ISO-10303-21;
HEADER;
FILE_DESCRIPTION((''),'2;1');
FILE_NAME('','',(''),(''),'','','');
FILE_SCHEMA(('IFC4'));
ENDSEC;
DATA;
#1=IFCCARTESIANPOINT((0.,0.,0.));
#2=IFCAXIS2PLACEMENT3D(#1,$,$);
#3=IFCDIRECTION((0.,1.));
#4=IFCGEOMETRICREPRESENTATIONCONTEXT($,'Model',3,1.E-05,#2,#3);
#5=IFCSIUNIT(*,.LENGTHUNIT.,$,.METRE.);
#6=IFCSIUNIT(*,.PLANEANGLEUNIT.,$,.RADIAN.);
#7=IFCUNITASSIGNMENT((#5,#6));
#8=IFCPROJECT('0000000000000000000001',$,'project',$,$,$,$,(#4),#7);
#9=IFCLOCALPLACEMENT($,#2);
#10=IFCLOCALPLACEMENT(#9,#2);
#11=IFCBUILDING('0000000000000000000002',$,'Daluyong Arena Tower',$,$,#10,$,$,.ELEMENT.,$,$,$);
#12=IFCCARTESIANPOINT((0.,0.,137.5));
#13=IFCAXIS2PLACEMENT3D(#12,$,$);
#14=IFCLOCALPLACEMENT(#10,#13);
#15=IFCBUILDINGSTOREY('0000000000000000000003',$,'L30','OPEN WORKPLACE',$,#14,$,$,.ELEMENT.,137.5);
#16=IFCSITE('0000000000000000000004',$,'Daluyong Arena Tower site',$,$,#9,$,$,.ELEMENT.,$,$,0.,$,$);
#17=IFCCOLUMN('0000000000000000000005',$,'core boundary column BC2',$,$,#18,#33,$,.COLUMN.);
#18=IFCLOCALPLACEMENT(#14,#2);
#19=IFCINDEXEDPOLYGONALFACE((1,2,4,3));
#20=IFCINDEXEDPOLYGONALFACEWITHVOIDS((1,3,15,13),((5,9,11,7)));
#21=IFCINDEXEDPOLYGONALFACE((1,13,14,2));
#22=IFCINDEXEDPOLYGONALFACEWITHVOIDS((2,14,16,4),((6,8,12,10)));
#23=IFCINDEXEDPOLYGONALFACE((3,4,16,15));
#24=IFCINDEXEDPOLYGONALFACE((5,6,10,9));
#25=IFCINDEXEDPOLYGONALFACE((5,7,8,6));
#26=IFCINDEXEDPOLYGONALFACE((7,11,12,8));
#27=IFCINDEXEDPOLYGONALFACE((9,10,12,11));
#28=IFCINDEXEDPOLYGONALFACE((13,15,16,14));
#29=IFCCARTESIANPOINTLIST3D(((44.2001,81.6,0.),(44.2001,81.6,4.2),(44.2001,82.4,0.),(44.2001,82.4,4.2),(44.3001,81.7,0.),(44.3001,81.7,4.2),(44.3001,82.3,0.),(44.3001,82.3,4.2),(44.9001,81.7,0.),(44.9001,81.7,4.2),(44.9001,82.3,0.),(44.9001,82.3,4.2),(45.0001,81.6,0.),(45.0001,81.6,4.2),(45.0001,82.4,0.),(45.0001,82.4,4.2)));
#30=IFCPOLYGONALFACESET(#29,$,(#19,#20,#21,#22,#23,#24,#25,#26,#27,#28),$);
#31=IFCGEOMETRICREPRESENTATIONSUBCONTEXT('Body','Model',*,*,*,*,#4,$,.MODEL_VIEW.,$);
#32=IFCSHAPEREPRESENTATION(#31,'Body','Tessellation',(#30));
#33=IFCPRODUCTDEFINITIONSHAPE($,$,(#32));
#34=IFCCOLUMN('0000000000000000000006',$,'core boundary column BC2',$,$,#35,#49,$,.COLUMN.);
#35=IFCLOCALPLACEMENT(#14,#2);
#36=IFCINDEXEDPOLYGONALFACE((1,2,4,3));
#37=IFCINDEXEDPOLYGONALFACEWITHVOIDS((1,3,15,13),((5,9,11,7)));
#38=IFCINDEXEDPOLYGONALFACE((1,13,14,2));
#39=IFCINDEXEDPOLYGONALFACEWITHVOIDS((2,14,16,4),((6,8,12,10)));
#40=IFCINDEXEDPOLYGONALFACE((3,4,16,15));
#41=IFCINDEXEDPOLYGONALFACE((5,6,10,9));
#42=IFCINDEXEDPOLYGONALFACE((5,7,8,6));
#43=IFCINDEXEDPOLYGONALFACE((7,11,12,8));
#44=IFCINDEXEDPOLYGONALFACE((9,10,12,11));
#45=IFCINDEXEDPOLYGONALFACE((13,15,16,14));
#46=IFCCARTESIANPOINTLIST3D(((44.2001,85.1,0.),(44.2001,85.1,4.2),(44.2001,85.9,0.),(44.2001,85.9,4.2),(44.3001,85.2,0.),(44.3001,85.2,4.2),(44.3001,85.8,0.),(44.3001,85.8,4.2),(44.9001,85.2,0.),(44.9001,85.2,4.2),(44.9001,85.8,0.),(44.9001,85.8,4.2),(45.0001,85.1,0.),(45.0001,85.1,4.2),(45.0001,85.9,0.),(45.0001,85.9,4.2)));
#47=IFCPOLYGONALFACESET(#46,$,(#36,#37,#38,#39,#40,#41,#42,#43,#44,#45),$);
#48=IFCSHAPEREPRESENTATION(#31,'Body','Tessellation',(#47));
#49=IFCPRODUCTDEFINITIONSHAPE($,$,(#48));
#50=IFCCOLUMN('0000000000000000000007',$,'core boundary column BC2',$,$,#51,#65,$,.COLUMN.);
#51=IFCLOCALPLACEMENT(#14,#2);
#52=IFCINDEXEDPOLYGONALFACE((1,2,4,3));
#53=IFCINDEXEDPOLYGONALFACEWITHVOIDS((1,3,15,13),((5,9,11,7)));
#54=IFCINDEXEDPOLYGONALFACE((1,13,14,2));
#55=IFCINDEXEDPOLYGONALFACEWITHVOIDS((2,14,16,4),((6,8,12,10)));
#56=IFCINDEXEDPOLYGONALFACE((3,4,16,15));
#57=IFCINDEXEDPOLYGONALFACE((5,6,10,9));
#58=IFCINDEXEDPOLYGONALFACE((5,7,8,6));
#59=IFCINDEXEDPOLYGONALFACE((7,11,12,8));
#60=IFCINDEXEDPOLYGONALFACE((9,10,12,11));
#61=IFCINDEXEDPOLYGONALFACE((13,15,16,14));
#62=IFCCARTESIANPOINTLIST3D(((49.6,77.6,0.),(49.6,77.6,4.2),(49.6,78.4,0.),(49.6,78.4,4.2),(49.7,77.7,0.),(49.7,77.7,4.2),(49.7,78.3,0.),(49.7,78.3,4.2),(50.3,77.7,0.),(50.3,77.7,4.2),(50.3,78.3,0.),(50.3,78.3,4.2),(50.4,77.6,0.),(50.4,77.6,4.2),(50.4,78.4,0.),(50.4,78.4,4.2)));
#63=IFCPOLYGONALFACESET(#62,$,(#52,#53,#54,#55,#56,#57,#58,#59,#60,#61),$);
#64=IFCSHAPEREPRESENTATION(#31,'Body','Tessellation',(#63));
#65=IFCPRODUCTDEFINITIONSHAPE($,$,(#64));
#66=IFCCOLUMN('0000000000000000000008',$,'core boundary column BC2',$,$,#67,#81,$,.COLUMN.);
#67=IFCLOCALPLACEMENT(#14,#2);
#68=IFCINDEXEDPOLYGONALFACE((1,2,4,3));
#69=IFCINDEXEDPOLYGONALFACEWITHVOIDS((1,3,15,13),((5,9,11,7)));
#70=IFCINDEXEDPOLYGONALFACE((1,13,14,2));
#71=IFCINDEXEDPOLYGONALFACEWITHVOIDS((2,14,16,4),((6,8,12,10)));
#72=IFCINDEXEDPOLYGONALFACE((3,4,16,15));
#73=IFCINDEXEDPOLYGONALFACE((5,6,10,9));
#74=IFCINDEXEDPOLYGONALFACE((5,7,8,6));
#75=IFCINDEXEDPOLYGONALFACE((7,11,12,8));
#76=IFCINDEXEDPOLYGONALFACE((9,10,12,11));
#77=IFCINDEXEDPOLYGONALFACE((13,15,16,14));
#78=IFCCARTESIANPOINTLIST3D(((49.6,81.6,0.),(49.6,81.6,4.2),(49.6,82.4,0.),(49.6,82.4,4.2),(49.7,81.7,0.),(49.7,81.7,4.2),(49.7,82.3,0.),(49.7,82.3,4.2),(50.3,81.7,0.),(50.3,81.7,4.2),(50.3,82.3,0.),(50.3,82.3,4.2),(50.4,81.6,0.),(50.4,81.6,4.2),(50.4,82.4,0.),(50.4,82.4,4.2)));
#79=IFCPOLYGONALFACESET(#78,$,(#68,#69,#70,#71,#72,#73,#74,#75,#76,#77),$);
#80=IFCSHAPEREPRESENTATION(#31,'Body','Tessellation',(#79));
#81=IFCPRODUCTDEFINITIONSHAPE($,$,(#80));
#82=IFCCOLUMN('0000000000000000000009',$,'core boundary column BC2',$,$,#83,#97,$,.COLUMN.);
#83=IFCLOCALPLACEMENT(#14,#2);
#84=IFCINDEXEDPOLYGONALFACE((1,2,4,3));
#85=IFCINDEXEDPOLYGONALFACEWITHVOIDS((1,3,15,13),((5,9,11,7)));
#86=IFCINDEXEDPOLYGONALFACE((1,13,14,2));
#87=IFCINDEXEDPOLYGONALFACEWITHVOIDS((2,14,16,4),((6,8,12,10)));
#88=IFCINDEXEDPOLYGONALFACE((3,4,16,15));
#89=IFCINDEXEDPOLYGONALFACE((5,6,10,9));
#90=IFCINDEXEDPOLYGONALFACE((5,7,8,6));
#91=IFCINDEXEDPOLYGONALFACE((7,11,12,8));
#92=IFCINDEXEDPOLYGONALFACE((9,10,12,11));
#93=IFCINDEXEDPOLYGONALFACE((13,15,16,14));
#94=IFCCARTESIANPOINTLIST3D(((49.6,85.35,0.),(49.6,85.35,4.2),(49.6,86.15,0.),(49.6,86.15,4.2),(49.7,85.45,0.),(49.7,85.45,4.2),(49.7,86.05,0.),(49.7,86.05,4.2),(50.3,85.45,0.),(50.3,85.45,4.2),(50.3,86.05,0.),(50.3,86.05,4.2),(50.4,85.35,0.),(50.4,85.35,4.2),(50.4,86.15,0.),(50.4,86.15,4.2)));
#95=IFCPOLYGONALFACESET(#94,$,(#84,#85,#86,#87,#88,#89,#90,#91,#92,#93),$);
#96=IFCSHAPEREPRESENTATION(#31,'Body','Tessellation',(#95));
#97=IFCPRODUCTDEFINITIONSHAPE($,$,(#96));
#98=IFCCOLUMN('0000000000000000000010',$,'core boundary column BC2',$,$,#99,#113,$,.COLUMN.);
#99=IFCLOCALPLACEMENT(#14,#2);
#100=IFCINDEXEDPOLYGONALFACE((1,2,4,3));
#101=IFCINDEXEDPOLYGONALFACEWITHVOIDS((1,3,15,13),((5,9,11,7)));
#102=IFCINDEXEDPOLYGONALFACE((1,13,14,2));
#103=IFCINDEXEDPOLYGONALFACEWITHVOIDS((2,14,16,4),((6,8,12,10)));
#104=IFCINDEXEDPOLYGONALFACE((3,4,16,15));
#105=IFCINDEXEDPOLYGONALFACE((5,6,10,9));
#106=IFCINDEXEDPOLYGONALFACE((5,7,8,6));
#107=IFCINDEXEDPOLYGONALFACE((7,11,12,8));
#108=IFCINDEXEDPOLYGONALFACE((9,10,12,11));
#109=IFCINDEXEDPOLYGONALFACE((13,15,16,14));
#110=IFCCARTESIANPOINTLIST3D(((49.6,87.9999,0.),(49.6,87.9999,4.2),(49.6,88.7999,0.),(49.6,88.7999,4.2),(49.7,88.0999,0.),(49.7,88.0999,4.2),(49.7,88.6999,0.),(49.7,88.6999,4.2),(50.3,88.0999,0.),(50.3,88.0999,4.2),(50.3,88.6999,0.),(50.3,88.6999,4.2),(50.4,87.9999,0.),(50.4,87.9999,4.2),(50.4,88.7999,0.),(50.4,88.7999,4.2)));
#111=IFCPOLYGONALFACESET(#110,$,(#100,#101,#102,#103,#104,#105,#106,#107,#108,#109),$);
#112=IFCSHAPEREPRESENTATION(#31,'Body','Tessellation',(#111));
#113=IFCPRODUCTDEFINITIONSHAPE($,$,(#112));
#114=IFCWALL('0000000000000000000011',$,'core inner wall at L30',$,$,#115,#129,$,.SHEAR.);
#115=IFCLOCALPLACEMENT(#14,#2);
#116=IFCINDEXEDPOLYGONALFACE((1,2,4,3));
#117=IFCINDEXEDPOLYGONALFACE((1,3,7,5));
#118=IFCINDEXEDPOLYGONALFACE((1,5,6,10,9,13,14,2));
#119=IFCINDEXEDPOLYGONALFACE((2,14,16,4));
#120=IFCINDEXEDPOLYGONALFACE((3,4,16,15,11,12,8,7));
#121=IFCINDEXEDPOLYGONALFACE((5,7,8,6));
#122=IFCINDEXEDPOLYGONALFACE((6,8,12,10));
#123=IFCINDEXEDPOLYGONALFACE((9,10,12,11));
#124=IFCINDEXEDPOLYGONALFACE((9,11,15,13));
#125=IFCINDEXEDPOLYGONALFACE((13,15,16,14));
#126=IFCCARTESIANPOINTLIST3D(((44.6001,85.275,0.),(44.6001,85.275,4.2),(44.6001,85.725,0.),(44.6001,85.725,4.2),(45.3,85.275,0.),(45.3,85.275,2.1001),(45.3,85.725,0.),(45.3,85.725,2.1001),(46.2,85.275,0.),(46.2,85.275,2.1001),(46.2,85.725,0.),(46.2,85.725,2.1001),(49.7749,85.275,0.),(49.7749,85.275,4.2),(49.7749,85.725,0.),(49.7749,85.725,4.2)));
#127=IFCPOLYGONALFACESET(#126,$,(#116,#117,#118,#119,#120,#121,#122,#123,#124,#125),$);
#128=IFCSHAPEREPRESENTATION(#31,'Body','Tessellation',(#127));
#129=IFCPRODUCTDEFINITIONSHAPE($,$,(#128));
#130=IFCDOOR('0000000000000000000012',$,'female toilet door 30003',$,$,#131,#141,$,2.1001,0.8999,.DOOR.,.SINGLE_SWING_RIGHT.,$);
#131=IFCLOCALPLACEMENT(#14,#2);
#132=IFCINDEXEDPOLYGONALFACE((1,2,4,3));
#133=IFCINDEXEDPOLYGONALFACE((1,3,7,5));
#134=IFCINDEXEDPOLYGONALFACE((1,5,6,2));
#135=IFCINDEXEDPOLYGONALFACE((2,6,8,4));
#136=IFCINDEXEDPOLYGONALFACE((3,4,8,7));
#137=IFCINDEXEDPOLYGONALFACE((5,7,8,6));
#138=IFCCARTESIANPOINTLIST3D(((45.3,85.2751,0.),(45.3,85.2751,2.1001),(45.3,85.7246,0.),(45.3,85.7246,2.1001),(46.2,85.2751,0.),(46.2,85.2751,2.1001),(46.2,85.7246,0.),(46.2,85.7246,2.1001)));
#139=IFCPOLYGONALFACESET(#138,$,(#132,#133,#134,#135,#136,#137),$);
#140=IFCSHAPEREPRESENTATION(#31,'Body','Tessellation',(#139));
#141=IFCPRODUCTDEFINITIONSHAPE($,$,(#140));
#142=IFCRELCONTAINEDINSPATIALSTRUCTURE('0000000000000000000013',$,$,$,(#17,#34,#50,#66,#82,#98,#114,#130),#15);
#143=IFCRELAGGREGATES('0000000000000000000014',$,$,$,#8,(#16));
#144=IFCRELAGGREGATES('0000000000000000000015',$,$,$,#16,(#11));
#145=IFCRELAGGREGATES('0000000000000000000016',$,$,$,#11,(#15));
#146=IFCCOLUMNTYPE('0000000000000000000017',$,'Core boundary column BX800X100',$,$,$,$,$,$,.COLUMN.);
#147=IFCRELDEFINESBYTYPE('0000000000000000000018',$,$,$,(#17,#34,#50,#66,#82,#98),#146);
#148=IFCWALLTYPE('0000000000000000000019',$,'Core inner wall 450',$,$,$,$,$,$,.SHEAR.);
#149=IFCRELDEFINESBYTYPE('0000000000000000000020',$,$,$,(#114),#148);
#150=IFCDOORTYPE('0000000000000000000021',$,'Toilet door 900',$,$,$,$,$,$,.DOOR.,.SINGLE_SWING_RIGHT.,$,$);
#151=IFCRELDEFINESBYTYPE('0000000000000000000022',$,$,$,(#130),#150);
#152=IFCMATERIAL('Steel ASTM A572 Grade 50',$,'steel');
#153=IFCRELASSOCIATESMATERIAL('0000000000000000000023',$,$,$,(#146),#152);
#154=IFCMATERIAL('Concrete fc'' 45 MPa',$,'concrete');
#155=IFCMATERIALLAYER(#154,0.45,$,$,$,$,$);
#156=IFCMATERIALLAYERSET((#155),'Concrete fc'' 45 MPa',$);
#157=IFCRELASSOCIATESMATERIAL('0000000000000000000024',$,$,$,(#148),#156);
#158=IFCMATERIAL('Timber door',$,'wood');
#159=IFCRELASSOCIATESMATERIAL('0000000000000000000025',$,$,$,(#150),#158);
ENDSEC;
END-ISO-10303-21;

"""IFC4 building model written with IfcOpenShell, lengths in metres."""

from ifc_helpers import new_model, si_unit, direction, frame, frame_2d, origin, origin_2d, place, context, subcontext, project, spatial, rectangle, hollow_rectangle, extrude, material, layer, layer_set, material_profile, profile_set, type_object, element, fill, save


model = new_model("IFC4")

# Units and contexts
model_context = context("Model", 3, precision=1e-05, world=origin(), true_north=direction((0.0, 1.0)))
body_context = subcontext(model_context, "Body", "Model", "MODEL_VIEW")
ifc_project = project(units=[si_unit("LENGTHUNIT", "METRE"), si_unit("PLANEANGLEUNIT", "RADIAN")], contexts=[model_context])

# Site, building, storey
site_placement = place(None, origin())
site = spatial("IfcSite", under=ifc_project, at=site_placement, Name="Daluyong Arena Tower site", CompositionType="ELEMENT", RefElevation=0.0)
building_placement = place(site_placement, origin())
building = spatial("IfcBuilding", under=site, at=building_placement, Name="Daluyong Arena Tower", CompositionType="ELEMENT")
storey_placement = place(building_placement, frame((0.0, 0.0, 137.5)))
storey = spatial("IfcBuildingStorey", under=building, at=storey_placement, Name="L30", Description="OPEN WORKPLACE", CompositionType="ELEMENT", Elevation=137.5)

# Columns
ifc_material_1 = material(Name="Steel ASTM A572 Grade 50", Category="steel")
ifc_material_profile = material_profile(ifc_material_1, hollow_rectangle(XDim=0.8, YDim=0.8, WallThickness=0.1, at=origin_2d()))
ifc_profile_set = profile_set([ifc_material_profile], Name="Steel ASTM A572 Grade 50")
column_type = type_object("IfcColumnType", Name="Core boundary column BX800X100", PredefinedType="COLUMN", material=ifc_profile_set)
for number, where, z_axis, x_axis, name in (
    (1, (44.6001, 82.0, 0.0), (0.0, 0.0, 1.0), (1.0, 0.0, 0.0), "core boundary column BC2"),
    (2, (44.6001, 85.5, 0.0), (0.0, 0.0, 1.0), (1.0, 0.0, 0.0), "core boundary column BC2"),
    (3, (50.0, 78.0, 0.0), (0.0, 0.0, 1.0), (1.0, 0.0, 0.0), "core boundary column BC2"),
    (4, (50.0, 82.0, 0.0), (0.0, 0.0, 1.0), (1.0, 0.0, 0.0), "core boundary column BC2"),
    (5, (50.0, 85.75, 0.0), (0.0, 0.0, 1.0), (1.0, 0.0, 0.0), "core boundary column BC2"),
    (6, (50.0, 88.3999, 0.0), (0.0, 0.0, 1.0), (1.0, 0.0, 0.0), "core boundary column BC2"),
):
    element("IfcColumn", number, at=place(storey_placement, frame(where, z_axis=z_axis, x_axis=x_axis)), inside=storey, type_object=column_type, Name=name, PredefinedType="COLUMN", context=body_context, shape_type="SweptSolid", body=[
        extrude(hollow_rectangle(XDim=0.8, YDim=0.8, WallThickness=0.1, at=origin_2d()), origin(), (0.0, 0.0, 1.0), 4.2),
    ])

# Wall, opening, door
ifc_material_2 = material(Name="Concrete fc' 45 MPa", Category="concrete")
ifc_layer_1 = layer(ifc_material_2, 0.45)
ifc_layer_set_1 = layer_set([ifc_layer_1], Name="Concrete fc' 45 MPa")
wall_type_1 = type_object("IfcWallType", Name="Core inner wall 450", PredefinedType="SHEAR", material=ifc_layer_set_1)
wall_1_placement = place(storey_placement, frame((44.6001, 85.5, 0.0), z_axis=(0.0, 0.0, 1.0), x_axis=(1.0, 0.0, 0.0)))
wall_1 = element("IfcWall", 7, at=wall_1_placement, inside=storey, type_object=wall_type_1, Name="core inner wall at L30", PredefinedType="SHEAR", context=body_context, shape_type="SweptSolid", body=[
    extrude(rectangle(XDim=5.1748, YDim=0.45, at=frame_2d((2.5874, 0.0))), origin(), (0.0, 0.0, 1.0), 4.2),
])
opening_1_placement = place(wall_1_placement, frame((0.7, 0.0, 0.0)))
opening_1 = element("IfcOpeningElement", 8, at=opening_1_placement, cuts=wall_1, PredefinedType="OPENING", context=body_context, shape_type="SweptSolid", body=[
    extrude(rectangle(XDim=0.8999, YDim=2.1001, at=frame_2d((0.45, 1.05))), frame((0.0, 0.2349, 0.0), z_axis=(0.0, -1.0, 0.0), x_axis=(1.0, 0.0, 0.0)), (0.0, 0.0, 1.0), 0.47),
])
ifc_material_3 = material(Name="Timber door", Category="wood")
door_type_1 = type_object("IfcDoorType", Name="Toilet door 900", OperationType="SINGLE_SWING_RIGHT", PredefinedType="DOOR", material=ifc_material_3)
door_1_placement = place(opening_1_placement, origin())
door_1 = element("IfcDoor", 9, at=door_1_placement, inside=storey, type_object=door_type_1, Name="female toilet door 30003", OperationType="SINGLE_SWING_RIGHT", OverallHeight=2.1001, OverallWidth=0.8999, PredefinedType="DOOR", context=body_context, shape_type="SweptSolid", body=[
    extrude(rectangle(XDim=0.8999, YDim=2.1001, at=frame_2d((0.45, 1.05))), frame((0.0, 0.2246, 0.0), z_axis=(0.0, -1.0, 0.0), x_axis=(1.0, 0.0, 0.0)), (0.0, 0.0, 1.0), 0.4495),
])
fill(opening_1, door_1)

save(model, "model.ifc")
